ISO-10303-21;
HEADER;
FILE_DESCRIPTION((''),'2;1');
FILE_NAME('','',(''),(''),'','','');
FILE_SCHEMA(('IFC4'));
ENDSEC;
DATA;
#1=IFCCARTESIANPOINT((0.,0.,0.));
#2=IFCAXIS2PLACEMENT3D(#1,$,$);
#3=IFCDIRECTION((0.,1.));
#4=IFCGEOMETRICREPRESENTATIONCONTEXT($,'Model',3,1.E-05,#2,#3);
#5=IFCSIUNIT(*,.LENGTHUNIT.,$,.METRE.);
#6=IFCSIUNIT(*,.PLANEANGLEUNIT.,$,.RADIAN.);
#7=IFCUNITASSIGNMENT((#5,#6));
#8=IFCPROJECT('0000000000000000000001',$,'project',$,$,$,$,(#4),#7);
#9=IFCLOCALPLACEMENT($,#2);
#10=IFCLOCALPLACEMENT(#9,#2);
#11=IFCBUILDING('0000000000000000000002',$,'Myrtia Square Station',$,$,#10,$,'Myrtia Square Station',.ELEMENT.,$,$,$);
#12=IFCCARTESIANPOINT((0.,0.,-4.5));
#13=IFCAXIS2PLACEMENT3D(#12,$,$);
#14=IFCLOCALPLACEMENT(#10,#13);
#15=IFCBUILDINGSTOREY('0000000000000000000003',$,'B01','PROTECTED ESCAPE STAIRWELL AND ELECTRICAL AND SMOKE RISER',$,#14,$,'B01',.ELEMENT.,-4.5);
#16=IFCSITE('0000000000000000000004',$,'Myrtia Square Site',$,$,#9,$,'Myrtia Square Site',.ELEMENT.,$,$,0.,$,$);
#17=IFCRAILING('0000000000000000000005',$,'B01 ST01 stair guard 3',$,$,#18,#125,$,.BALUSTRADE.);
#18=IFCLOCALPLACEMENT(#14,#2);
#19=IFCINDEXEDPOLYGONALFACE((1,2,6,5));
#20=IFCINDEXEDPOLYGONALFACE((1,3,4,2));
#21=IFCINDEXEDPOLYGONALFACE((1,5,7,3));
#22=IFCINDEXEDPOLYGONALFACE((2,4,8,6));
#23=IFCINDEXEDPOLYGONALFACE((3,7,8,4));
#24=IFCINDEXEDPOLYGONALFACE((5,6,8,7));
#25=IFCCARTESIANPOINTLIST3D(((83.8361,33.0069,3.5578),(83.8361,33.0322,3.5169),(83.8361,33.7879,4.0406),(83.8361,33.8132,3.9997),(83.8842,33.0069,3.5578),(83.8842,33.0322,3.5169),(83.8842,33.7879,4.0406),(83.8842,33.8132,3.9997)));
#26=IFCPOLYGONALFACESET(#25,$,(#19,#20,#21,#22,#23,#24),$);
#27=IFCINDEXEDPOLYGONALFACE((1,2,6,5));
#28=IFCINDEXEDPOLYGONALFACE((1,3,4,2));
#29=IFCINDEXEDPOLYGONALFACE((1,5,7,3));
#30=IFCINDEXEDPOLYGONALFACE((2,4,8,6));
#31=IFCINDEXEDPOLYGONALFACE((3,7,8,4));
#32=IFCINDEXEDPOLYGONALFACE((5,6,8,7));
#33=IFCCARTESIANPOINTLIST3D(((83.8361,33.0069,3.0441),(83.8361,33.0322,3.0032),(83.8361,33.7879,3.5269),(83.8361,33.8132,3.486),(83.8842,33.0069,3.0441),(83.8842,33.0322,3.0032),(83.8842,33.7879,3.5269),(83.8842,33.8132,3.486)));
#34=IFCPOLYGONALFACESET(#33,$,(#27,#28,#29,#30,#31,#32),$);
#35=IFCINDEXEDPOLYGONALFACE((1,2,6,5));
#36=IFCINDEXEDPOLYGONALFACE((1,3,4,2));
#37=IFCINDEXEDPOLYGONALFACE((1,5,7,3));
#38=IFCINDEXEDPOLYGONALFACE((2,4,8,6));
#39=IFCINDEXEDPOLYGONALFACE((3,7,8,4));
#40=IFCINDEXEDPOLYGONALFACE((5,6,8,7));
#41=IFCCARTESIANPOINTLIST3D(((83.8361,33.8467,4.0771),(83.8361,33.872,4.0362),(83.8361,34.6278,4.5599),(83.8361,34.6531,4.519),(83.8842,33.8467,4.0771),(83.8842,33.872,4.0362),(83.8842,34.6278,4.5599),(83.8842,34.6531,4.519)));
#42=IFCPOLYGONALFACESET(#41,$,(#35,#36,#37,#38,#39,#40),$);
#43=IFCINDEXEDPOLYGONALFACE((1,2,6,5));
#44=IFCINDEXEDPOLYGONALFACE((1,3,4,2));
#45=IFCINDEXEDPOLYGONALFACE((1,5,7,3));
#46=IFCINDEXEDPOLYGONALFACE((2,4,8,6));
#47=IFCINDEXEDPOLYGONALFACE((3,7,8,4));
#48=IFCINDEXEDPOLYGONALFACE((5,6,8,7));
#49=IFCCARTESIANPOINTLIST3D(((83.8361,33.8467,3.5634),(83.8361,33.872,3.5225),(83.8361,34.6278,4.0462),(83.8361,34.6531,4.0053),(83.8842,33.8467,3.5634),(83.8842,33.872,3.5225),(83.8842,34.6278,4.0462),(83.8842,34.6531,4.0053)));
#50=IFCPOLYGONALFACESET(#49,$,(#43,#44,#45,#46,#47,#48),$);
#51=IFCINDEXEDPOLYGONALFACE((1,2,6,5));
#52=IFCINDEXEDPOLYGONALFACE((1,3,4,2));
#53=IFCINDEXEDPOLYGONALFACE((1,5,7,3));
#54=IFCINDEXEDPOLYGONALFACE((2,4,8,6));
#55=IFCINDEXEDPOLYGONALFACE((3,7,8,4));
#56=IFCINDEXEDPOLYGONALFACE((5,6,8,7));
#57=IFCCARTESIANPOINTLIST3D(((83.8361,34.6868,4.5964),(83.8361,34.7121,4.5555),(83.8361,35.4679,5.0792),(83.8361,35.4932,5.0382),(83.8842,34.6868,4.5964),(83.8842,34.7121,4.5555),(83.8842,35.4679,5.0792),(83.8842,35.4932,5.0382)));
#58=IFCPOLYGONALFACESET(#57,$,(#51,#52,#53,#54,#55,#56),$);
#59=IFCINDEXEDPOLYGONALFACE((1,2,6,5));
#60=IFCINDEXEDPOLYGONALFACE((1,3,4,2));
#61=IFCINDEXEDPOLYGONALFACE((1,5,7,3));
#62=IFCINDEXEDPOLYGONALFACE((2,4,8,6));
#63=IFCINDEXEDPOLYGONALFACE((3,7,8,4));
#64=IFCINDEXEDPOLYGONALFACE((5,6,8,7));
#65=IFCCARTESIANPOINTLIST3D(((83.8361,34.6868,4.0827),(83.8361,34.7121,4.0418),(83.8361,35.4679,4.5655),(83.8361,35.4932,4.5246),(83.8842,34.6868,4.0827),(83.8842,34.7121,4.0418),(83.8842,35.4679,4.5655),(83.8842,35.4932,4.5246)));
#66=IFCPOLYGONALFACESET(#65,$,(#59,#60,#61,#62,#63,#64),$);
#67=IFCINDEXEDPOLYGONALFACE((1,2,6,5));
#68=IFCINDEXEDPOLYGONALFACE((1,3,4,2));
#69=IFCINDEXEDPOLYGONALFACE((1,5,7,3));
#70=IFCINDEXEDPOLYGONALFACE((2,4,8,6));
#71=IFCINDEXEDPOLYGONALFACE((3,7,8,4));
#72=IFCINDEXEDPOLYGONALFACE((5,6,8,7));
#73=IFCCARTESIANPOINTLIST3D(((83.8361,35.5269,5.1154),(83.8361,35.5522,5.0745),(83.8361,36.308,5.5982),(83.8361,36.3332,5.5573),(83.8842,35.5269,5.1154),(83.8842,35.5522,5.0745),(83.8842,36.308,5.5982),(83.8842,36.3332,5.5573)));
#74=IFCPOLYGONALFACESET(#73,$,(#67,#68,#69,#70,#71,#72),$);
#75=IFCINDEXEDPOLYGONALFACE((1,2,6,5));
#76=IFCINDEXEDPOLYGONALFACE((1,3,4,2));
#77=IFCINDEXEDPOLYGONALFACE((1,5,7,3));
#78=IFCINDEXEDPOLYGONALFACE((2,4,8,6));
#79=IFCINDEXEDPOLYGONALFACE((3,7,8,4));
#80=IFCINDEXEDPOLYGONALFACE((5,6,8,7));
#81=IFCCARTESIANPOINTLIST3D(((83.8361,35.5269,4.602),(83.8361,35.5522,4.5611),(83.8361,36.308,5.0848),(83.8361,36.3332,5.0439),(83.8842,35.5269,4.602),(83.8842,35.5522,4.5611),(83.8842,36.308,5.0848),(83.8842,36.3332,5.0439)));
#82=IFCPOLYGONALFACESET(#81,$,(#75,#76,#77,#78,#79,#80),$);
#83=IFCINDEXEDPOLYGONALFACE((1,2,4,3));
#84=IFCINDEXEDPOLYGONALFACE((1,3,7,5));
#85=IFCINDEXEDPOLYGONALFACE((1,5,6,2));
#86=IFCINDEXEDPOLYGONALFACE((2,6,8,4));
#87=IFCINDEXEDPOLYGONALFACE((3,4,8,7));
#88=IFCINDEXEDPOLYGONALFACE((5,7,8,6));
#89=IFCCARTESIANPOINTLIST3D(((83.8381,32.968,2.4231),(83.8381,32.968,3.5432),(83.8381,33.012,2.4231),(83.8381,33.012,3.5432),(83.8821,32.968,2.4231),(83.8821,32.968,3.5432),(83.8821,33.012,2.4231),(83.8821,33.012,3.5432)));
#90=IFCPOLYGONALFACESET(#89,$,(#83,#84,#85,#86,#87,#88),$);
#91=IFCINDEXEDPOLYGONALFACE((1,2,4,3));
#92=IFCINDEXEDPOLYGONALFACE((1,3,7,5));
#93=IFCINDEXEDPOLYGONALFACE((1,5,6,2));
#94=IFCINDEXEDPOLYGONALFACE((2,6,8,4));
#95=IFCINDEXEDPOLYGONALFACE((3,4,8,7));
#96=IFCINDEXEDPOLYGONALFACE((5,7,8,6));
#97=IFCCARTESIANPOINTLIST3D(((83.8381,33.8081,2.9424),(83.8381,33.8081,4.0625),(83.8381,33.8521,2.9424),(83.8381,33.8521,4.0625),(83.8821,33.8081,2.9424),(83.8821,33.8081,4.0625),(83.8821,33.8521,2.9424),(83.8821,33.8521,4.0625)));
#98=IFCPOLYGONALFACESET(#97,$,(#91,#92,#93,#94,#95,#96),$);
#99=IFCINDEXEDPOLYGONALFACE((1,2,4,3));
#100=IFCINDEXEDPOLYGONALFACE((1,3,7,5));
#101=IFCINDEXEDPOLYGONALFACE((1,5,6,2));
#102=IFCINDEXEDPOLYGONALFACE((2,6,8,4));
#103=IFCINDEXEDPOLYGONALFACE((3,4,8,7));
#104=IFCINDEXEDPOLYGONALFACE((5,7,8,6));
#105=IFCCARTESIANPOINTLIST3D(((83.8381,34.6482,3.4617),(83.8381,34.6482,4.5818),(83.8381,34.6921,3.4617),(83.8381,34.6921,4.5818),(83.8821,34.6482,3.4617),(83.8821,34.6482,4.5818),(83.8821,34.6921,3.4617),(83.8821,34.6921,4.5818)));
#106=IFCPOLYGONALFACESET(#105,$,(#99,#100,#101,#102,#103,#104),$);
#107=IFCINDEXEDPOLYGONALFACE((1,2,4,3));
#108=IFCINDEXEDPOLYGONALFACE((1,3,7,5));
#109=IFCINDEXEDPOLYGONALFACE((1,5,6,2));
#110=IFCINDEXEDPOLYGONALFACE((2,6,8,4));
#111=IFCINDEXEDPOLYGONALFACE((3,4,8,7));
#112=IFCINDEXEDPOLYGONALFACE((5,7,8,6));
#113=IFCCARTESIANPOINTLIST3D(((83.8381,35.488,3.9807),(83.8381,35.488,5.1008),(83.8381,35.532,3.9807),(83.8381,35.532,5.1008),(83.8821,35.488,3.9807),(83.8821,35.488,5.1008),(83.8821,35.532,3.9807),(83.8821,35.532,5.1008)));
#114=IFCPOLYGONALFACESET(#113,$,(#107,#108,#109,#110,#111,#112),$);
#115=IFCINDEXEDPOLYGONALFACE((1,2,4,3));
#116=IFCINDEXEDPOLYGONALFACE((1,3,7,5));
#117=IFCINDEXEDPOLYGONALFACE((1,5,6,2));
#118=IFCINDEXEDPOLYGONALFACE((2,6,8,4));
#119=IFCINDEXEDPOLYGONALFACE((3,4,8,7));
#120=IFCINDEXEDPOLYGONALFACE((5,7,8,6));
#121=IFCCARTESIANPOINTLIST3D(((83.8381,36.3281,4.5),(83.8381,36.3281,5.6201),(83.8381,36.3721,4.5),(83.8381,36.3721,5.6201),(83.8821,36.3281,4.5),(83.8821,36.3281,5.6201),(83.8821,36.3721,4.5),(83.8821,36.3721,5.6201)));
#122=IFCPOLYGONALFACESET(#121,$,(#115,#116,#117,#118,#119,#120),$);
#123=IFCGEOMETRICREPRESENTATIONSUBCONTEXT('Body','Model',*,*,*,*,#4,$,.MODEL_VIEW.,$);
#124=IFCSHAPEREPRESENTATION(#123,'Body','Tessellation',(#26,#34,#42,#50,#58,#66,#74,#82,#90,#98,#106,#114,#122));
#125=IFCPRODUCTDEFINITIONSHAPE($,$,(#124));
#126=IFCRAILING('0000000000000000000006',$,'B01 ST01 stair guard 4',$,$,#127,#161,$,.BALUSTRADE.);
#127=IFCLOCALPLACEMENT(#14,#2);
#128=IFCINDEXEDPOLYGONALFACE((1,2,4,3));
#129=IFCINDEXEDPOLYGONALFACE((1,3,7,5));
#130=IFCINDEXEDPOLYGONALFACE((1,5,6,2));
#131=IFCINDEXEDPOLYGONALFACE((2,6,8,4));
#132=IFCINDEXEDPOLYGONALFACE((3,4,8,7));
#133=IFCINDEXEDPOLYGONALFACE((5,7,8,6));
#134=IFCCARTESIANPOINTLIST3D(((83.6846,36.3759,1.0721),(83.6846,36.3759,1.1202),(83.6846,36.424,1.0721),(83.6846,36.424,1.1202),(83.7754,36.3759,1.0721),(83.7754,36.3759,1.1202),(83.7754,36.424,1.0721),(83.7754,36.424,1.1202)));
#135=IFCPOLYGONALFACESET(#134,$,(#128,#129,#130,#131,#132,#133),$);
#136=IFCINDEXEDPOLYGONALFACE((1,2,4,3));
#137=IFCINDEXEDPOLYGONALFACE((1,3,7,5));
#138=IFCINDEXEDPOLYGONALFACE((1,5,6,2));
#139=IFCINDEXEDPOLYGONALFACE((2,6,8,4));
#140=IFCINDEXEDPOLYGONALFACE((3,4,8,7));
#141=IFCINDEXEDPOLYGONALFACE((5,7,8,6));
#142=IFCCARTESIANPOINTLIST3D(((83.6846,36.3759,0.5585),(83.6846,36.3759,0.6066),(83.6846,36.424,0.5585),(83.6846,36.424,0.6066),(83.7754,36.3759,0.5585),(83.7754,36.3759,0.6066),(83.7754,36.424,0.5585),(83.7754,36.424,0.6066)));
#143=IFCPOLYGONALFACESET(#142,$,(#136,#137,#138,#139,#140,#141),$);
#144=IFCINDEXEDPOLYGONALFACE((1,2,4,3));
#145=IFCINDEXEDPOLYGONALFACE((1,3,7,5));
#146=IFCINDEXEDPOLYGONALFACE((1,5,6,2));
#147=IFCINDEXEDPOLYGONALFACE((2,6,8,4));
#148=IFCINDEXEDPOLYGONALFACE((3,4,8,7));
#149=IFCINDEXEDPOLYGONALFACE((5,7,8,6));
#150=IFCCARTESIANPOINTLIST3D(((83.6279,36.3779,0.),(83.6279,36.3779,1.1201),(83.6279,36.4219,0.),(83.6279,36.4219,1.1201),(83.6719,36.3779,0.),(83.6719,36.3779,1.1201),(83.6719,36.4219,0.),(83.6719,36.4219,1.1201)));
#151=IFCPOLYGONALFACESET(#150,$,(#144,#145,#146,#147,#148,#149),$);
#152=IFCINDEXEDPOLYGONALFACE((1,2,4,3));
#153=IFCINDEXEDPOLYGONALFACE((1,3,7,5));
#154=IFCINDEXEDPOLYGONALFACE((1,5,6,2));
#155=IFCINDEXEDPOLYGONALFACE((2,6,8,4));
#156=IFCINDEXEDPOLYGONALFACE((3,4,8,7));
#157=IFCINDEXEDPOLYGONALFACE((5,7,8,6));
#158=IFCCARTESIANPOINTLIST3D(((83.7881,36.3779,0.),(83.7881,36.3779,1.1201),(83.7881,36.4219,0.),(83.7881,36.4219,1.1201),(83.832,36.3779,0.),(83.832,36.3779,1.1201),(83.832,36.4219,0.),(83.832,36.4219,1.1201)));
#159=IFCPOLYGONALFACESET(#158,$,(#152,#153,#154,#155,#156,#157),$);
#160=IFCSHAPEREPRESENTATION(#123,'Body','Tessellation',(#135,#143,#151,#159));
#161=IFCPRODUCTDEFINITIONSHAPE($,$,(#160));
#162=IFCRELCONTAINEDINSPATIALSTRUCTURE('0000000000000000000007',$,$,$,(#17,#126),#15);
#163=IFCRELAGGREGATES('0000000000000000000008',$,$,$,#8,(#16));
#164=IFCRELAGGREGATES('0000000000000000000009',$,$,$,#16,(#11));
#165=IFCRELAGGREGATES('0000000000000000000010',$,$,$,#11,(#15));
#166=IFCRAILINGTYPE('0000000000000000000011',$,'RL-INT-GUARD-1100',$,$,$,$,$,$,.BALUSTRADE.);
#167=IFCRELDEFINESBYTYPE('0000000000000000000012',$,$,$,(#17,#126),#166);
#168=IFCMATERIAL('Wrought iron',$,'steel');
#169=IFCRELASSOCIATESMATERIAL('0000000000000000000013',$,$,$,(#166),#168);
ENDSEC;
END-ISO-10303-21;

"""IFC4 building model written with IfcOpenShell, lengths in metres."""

from ifc_helpers import new_model, si_unit, direction, frame, origin, origin_2d, place, context, subcontext, project, spatial, rectangle, extrude, material, type_object, element, save


model = new_model("IFC4")

# Units and contexts
model_context = context("Model", 3, precision=1e-05, world=origin(), true_north=direction((0.0, 1.0)))
body_context = subcontext(model_context, "Body", "Model", "MODEL_VIEW")
ifc_project = project(units=[si_unit("LENGTHUNIT", "METRE"), si_unit("PLANEANGLEUNIT", "RADIAN")], contexts=[model_context])

# Site, building, storey
site_placement = place(None, origin())
site = spatial("IfcSite", under=ifc_project, at=site_placement, Name="Myrtia Square Site", LongName="Myrtia Square Site", CompositionType="ELEMENT", RefElevation=0.0)
building_placement = place(site_placement, origin())
building = spatial("IfcBuilding", under=site, at=building_placement, Name="Myrtia Square Station", LongName="Myrtia Square Station", CompositionType="ELEMENT")
storey_placement = place(building_placement, frame((0.0, 0.0, -4.5)))
storey = spatial("IfcBuildingStorey", under=building, at=storey_placement, Name="B01", Description="PROTECTED ESCAPE STAIRWELL AND ELECTRICAL AND SMOKE RISER", LongName="B01", CompositionType="ELEMENT", Elevation=-4.5)

# Railings
ifc_material_1 = material(Name="Wrought iron", Category="steel")
railing_type_1 = type_object("IfcRailingType", Name="RL-INT-GUARD-1100", PredefinedType="BALUSTRADE", material=ifc_material_1)
railing_1_placement = place(storey_placement, frame((83.8601, 32.99, 2.4231)))
element("IfcRailing", 1, at=railing_1_placement, inside=storey, type_object=railing_type_1, Name="B01 ST01 stair guard 3", PredefinedType="BALUSTRADE", context=body_context, shape_type="SweptSolid", body=[
    extrude(rectangle(XDim=0.0481, YDim=0.0481, at=origin_2d()), frame((0.0, 0.0295, 1.1143), z_axis=(0.0, 0.850623, 0.525776), x_axis=(-1.0, 0.0, 0.0)), (0.0, 0.0, 1.0), 0.9182),
    extrude(rectangle(XDim=0.0481, YDim=0.0481, at=origin_2d()), frame((0.0, 0.0295, 0.6006), z_axis=(0.0, 0.850623, 0.525776), x_axis=(-1.0, 0.0, 0.0)), (0.0, 0.0, 1.0), 0.9182),
    extrude(rectangle(XDim=0.0481, YDim=0.0481, at=origin_2d()), frame((0.0, 0.8694, 1.6335), z_axis=(0.0, 0.850623, 0.525776), x_axis=(-1.0, 0.0, 0.0)), (0.0, 0.0, 1.0), 0.9182),
    extrude(rectangle(XDim=0.0481, YDim=0.0481, at=origin_2d()), frame((0.0, 0.8694, 1.1199), z_axis=(0.0, 0.850623, 0.525776), x_axis=(-1.0, 0.0, 0.0)), (0.0, 0.0, 1.0), 0.9182),
    extrude(rectangle(XDim=0.0481, YDim=0.0481, at=origin_2d()), frame((0.0, 1.7095, 2.1528), z_axis=(0.0, 0.850623, 0.525776), x_axis=(-1.0, 0.0, 0.0)), (0.0, 0.0, 1.0), 0.9182),
    extrude(rectangle(XDim=0.0481, YDim=0.0481, at=origin_2d()), frame((0.0, 1.7095, 1.6392), z_axis=(0.0, 0.850623, 0.525776), x_axis=(-1.0, 0.0, 0.0)), (0.0, 0.0, 1.0), 0.9182),
    extrude(rectangle(XDim=0.0481, YDim=0.0481, at=origin_2d()), frame((0.0, 2.5496, 2.6719), z_axis=(0.0, 0.850623, 0.525776), x_axis=(-1.0, 0.0, 0.0)), (0.0, 0.0, 1.0), 0.9182),
    extrude(rectangle(XDim=0.0481, YDim=0.0481, at=origin_2d()), frame((0.0, 2.5496, 2.1584), z_axis=(0.0, 0.850623, 0.525776), x_axis=(-1.0, 0.0, 0.0)), (0.0, 0.0, 1.0), 0.9182),
    extrude(rectangle(XDim=0.0439, YDim=0.0439, at=origin_2d()), origin(), (0.0, 0.0, 1.0), 1.1201),
    extrude(rectangle(XDim=0.0439, YDim=0.0439, at=origin_2d()), frame((0.0, 0.8401, 0.5193)), (0.0, 0.0, 1.0), 1.1201),
    extrude(rectangle(XDim=0.0439, YDim=0.0439, at=origin_2d()), frame((0.0, 1.6802, 1.0386)), (0.0, 0.0, 1.0), 1.1201),
    extrude(rectangle(XDim=0.0439, YDim=0.0439, at=origin_2d()), frame((0.0, 2.52, 1.5576)), (0.0, 0.0, 1.0), 1.1201),
    extrude(rectangle(XDim=0.0439, YDim=0.0439, at=origin_2d()), frame((0.0, 3.3601, 2.0769)), (0.0, 0.0, 1.0), 1.1201),
])
railing_2_placement = place(storey_placement, frame((83.6499, 36.3999, 0.0)))
element("IfcRailing", 2, at=railing_2_placement, inside=storey, type_object=railing_type_1, Name="B01 ST01 stair guard 4", PredefinedType="BALUSTRADE", context=body_context, shape_type="SweptSolid", body=[
    extrude(rectangle(XDim=0.0481, YDim=0.0481, at=origin_2d()), frame((0.0347, 0.0, 1.0962), z_axis=(1.0, 0.0, 0.0), x_axis=(0.0, 1.0, 0.0)), (0.0, 0.0, 1.0), 0.0908),
    extrude(rectangle(XDim=0.0481, YDim=0.0481, at=origin_2d()), frame((0.0347, 0.0, 0.5825), z_axis=(1.0, 0.0, 0.0), x_axis=(0.0, 1.0, 0.0)), (0.0, 0.0, 1.0), 0.0908),
    extrude(rectangle(XDim=0.0439, YDim=0.0439, at=origin_2d()), origin(), (0.0, 0.0, 1.0), 1.1201),
    extrude(rectangle(XDim=0.0439, YDim=0.0439, at=origin_2d()), frame((0.1602, 0.0, 0.0)), (0.0, 0.0, 1.0), 1.1201),
])

save(model, "model.ifc")
